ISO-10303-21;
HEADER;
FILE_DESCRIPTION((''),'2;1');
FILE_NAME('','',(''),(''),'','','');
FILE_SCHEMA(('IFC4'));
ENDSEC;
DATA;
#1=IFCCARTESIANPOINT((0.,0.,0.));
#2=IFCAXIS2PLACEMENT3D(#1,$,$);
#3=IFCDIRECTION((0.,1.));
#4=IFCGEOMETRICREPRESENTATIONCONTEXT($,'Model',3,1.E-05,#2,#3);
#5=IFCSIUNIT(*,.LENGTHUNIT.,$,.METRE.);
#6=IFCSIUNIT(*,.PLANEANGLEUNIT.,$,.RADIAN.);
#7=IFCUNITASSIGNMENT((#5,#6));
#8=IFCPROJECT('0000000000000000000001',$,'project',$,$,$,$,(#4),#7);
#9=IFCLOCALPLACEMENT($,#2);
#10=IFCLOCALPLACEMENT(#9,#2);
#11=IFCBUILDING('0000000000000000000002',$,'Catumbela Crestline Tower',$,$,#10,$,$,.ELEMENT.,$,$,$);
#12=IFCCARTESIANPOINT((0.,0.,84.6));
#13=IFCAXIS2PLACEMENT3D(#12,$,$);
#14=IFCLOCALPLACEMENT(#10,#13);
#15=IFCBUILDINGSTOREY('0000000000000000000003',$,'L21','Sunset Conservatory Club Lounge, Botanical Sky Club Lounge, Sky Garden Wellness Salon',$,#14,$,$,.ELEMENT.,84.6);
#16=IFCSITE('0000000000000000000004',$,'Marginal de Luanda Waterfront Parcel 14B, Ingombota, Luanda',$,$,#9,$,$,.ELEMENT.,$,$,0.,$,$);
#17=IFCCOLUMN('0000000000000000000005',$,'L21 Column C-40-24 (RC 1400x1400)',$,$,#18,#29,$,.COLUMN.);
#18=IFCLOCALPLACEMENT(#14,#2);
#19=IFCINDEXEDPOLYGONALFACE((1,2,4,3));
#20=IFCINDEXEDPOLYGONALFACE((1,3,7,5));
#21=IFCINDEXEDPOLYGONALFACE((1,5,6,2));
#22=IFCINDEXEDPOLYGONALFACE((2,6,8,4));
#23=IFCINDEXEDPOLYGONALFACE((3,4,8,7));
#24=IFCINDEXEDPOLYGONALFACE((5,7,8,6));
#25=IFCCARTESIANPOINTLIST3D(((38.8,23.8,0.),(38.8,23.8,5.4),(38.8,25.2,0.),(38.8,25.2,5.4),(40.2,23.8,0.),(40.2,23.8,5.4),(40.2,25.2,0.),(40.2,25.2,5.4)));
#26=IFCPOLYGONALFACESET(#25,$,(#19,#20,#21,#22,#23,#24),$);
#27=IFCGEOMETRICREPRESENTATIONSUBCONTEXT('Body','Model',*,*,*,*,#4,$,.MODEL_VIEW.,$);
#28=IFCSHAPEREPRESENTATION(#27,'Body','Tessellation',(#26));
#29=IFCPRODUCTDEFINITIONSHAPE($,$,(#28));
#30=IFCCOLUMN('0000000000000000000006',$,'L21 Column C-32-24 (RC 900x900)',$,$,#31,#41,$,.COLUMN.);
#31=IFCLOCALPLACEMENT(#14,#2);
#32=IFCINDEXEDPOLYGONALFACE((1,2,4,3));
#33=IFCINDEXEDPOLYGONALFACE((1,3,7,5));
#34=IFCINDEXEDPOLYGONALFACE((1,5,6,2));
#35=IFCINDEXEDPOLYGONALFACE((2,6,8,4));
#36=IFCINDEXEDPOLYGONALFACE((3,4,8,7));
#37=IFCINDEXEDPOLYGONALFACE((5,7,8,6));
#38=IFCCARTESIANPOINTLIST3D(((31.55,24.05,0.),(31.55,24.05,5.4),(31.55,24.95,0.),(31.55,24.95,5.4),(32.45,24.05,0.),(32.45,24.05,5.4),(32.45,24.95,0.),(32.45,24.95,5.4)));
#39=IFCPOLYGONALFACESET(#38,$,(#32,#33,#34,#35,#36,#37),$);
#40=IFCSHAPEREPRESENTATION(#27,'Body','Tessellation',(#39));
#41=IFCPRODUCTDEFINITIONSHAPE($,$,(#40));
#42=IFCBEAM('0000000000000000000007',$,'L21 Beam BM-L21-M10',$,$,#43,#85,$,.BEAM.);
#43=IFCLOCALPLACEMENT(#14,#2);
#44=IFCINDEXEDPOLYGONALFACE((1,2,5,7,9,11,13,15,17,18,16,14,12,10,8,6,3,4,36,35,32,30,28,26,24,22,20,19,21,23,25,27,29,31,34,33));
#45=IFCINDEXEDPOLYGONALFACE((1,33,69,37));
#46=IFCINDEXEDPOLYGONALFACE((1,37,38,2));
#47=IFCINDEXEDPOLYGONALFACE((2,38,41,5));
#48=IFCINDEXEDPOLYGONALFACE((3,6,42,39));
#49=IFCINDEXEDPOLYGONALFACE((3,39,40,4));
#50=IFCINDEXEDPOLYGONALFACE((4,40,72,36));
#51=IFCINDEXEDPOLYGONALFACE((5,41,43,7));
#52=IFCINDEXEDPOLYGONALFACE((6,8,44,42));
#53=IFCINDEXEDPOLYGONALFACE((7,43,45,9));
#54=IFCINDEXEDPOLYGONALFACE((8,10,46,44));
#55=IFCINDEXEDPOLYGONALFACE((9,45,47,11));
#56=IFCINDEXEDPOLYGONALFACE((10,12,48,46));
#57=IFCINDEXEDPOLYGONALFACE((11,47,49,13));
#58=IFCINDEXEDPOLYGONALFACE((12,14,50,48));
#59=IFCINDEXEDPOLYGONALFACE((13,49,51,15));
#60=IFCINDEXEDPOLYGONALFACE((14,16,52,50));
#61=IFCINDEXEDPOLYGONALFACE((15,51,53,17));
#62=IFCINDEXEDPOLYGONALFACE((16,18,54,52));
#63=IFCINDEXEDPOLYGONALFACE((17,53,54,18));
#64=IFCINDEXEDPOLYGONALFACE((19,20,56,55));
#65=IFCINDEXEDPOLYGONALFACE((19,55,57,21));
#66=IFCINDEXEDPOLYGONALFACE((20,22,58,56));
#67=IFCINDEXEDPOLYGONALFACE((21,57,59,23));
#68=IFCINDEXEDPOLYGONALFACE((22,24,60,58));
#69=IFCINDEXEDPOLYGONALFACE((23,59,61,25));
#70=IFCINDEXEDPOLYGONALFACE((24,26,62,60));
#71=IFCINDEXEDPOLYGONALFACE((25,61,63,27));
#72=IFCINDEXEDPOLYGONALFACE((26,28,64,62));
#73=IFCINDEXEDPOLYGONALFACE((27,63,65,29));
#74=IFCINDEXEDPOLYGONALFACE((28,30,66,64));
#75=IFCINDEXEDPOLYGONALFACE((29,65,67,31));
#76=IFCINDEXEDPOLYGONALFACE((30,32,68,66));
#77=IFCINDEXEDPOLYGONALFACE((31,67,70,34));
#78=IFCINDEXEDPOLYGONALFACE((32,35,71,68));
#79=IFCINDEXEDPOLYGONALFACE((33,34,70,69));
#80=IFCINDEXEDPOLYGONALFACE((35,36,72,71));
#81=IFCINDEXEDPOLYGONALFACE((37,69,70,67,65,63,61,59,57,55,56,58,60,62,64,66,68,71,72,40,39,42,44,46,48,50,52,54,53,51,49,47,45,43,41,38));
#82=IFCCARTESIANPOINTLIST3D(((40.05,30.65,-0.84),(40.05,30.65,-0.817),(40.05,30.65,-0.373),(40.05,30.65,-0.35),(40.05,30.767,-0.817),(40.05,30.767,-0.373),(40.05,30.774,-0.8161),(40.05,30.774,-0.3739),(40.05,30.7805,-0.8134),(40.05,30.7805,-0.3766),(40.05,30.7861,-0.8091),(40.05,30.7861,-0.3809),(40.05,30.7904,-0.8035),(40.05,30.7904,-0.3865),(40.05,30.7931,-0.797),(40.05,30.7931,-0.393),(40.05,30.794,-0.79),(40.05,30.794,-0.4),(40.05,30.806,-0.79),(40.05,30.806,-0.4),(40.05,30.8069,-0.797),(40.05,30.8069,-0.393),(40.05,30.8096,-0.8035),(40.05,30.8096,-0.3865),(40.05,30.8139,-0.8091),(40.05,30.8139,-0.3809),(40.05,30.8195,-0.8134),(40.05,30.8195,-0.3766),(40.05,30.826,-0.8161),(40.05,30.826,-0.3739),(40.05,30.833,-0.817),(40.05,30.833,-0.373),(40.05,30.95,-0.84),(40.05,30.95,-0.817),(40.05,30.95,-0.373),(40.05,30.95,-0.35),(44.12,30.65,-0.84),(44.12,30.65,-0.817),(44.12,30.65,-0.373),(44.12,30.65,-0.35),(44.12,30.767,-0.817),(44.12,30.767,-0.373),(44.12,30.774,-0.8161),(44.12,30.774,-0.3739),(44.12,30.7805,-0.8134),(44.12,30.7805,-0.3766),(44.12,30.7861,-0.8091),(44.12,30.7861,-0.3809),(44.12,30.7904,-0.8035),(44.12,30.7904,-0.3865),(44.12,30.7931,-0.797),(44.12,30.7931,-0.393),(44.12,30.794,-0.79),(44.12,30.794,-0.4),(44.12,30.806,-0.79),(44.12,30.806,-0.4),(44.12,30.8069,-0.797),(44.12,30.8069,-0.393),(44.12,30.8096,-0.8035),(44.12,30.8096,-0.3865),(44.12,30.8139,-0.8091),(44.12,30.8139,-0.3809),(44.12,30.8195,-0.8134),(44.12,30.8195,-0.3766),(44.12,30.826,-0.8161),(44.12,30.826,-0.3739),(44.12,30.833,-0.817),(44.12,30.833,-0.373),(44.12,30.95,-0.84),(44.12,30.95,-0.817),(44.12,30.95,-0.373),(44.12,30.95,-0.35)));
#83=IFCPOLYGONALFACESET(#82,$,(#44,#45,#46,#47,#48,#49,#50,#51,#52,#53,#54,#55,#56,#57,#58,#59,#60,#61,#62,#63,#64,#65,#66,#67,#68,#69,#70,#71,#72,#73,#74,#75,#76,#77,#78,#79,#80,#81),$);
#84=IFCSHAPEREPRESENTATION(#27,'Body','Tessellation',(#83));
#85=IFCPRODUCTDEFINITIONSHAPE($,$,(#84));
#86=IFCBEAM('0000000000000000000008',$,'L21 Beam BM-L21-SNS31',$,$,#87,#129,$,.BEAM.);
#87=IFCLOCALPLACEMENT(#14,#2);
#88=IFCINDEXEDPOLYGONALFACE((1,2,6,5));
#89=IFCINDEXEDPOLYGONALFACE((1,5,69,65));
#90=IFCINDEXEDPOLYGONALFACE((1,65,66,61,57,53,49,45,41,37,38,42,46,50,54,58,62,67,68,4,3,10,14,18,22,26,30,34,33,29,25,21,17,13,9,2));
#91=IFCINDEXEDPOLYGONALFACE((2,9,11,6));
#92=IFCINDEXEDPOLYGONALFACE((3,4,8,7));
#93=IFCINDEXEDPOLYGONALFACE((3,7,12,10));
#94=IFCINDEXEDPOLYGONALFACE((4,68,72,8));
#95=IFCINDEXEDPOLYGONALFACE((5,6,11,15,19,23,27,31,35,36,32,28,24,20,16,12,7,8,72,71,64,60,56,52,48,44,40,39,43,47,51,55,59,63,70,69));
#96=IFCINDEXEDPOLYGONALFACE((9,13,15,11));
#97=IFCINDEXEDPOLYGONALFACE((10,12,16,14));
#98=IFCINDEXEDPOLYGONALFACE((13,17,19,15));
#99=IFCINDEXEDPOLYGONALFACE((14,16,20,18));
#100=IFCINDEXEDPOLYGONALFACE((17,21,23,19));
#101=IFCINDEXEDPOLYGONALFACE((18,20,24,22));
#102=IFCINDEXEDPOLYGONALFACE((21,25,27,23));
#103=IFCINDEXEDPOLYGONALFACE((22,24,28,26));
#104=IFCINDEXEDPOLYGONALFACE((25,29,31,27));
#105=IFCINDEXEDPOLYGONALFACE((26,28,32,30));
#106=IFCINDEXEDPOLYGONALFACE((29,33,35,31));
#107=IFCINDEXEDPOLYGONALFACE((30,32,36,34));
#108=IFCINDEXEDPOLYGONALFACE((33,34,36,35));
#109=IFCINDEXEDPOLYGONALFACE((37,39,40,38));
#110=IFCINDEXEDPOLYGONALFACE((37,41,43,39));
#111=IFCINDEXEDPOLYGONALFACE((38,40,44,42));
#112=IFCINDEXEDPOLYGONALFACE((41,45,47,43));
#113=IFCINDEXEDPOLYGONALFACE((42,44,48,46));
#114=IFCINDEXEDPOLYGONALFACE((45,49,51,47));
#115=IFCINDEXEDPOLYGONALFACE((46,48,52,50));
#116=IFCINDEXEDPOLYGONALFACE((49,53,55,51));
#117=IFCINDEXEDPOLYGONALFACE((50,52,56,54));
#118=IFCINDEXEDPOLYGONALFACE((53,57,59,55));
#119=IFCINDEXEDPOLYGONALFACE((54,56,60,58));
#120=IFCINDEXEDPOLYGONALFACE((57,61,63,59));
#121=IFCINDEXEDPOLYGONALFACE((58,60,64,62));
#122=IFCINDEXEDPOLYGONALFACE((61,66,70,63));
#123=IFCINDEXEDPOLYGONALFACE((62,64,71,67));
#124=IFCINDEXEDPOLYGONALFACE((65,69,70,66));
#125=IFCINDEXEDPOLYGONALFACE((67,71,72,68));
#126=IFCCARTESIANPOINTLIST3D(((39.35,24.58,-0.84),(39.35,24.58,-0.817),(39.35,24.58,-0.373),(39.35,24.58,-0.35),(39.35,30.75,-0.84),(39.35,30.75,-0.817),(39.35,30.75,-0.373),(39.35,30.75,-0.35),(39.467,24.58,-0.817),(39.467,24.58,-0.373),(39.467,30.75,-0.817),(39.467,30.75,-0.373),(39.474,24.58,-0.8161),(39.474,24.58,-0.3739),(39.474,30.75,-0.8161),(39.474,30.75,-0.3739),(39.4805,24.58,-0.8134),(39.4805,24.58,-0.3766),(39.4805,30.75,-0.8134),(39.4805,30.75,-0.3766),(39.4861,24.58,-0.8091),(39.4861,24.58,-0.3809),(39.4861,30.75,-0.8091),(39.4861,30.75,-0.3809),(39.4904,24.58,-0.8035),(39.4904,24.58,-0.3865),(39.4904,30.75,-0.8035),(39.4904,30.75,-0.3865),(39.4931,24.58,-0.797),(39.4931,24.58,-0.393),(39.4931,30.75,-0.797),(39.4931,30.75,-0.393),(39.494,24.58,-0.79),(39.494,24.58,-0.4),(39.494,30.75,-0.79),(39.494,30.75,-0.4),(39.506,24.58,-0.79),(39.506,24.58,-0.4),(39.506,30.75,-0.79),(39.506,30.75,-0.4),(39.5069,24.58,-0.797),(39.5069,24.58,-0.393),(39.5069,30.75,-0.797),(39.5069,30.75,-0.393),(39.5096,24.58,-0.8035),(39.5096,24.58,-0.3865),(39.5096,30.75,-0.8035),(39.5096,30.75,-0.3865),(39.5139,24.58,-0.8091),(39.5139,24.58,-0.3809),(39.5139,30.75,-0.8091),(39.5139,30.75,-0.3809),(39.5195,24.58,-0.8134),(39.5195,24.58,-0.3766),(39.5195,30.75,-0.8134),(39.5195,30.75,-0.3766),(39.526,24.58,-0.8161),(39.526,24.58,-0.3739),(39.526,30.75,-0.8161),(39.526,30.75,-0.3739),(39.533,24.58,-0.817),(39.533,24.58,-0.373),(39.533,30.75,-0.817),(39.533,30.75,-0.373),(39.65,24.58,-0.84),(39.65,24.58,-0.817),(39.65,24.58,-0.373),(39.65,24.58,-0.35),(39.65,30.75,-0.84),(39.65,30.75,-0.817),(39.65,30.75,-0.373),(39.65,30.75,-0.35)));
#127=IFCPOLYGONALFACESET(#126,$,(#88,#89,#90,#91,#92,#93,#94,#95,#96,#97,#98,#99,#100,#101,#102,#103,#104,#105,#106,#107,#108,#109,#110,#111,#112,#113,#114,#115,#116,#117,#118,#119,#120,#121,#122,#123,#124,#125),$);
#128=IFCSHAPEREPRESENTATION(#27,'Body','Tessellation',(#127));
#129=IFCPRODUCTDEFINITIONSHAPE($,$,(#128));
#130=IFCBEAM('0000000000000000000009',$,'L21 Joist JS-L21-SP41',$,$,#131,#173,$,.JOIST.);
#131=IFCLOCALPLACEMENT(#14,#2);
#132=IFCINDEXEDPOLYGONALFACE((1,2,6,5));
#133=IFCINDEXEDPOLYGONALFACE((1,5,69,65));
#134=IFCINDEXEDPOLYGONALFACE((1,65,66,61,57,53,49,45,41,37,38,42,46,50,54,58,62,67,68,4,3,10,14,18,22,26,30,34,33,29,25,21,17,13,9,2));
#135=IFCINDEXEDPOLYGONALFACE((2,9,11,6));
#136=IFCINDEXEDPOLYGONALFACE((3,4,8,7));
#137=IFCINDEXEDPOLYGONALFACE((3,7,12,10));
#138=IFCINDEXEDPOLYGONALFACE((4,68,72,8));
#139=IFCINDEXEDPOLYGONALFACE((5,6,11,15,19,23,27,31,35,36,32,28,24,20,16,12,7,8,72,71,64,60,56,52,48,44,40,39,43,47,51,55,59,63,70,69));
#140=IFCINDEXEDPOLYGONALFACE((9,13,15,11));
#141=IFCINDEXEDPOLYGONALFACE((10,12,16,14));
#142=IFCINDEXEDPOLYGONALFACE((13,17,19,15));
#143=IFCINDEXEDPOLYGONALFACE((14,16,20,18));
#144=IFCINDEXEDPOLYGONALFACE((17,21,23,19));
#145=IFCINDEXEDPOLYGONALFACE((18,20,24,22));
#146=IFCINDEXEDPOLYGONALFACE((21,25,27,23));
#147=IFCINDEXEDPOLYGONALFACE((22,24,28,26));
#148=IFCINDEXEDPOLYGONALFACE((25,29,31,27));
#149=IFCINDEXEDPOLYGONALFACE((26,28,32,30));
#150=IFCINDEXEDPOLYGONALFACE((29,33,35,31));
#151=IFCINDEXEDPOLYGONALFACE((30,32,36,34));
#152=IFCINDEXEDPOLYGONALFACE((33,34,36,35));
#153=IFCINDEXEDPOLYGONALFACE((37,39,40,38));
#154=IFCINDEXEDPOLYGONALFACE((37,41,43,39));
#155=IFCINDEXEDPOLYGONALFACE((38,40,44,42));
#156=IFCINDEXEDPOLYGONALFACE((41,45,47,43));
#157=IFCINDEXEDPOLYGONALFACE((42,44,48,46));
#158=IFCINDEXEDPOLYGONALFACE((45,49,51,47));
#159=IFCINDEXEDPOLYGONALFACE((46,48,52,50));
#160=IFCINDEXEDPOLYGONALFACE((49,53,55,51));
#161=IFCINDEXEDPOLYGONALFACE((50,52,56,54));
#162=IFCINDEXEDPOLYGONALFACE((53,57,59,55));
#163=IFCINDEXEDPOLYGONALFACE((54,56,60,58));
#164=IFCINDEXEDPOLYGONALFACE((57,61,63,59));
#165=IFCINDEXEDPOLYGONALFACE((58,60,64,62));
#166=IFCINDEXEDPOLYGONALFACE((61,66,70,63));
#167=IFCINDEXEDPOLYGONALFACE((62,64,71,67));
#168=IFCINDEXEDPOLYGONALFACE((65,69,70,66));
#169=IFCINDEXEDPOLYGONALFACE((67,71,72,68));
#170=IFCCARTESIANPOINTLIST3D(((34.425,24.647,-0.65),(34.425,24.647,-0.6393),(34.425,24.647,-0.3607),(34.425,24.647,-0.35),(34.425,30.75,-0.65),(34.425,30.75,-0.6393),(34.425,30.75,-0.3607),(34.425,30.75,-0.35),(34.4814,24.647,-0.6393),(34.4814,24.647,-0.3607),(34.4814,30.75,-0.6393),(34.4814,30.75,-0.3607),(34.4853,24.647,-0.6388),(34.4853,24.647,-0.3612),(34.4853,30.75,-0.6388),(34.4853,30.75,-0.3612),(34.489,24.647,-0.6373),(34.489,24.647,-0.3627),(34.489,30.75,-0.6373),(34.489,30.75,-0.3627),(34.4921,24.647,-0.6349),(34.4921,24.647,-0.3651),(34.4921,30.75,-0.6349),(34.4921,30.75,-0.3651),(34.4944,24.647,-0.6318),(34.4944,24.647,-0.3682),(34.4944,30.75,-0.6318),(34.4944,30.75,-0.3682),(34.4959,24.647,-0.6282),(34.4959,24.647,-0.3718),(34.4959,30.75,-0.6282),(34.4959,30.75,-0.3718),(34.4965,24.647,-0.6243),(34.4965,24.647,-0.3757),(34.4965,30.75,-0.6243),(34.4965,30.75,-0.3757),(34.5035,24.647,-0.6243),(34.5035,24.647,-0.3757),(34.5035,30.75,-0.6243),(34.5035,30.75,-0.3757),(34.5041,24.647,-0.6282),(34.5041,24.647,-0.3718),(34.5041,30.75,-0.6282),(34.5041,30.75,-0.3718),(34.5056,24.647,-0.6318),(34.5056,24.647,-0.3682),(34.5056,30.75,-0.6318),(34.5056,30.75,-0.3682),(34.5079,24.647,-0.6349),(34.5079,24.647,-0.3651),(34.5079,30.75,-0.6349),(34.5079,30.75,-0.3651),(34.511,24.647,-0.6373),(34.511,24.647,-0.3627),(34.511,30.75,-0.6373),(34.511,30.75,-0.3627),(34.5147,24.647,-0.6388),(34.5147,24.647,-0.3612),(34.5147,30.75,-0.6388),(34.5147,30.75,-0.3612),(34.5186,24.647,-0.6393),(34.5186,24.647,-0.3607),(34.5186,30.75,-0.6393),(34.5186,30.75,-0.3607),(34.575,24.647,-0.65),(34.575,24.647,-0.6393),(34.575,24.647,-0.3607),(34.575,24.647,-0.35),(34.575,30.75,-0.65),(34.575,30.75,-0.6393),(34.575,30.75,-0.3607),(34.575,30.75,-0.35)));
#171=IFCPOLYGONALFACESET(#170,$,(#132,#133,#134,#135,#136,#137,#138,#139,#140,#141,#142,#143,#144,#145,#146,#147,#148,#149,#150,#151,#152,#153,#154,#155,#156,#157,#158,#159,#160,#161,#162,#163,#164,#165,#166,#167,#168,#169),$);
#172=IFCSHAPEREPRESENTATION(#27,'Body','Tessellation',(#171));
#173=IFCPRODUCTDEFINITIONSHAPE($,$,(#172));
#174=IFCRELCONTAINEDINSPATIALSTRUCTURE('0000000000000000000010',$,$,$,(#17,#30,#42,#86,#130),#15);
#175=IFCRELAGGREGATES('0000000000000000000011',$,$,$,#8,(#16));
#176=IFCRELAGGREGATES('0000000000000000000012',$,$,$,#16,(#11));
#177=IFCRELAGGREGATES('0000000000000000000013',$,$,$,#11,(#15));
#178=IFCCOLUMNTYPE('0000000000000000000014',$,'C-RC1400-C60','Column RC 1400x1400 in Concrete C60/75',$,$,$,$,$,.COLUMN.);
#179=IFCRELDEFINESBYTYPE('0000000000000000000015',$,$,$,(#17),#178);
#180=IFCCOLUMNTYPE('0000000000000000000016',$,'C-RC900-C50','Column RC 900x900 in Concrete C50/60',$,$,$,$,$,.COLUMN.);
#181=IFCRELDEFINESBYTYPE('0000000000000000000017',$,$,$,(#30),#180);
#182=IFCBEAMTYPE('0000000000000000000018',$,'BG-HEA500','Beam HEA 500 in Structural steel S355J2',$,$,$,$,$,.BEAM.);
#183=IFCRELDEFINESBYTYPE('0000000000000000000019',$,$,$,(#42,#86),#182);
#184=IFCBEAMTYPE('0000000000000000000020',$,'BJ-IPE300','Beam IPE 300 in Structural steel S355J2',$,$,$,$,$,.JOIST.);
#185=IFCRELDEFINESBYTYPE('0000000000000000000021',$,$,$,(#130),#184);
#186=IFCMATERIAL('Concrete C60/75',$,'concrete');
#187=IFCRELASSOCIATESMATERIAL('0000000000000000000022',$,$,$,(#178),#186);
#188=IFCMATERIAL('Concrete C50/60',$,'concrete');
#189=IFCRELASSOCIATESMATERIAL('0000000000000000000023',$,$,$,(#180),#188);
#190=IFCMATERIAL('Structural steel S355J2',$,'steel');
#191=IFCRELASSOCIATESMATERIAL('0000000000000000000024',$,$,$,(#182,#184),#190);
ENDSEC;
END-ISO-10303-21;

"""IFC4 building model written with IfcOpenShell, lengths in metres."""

from ifc_helpers import new_model, si_unit, direction, frame, origin, origin_2d, place, context, subcontext, project, spatial, rectangle, i_section, extrude, material, material_profile, profile_set, type_object, element, save


model = new_model("IFC4")

# Units and contexts
model_context = context("Model", 3, precision=1e-05, world=origin(), true_north=direction((0.0, 1.0)))
body_context = subcontext(model_context, "Body", "Model", "MODEL_VIEW")
ifc_project = project(units=[si_unit("LENGTHUNIT", "METRE"), si_unit("PLANEANGLEUNIT", "RADIAN")], contexts=[model_context])

# Site, building, storey
site_placement = place(None, origin())
site = spatial("IfcSite", under=ifc_project, at=site_placement, Name="Marginal de Luanda Waterfront Parcel 14B, Ingombota, Luanda", CompositionType="ELEMENT", RefElevation=0.0)
building_placement = place(site_placement, origin())
building = spatial("IfcBuilding", under=site, at=building_placement, Name="Catumbela Crestline Tower", CompositionType="ELEMENT")
storey_placement = place(building_placement, frame((0.0, 0.0, 84.6)))
storey = spatial("IfcBuildingStorey", under=building, at=storey_placement, Name="L21", Description="Sunset Conservatory Club Lounge, Botanical Sky Club Lounge, Sky Garden Wellness Salon", CompositionType="ELEMENT", Elevation=84.6)

# Columns
ifc_material_1 = material(Name="Concrete C60/75", Category="concrete")
ifc_material_profile_1 = material_profile(ifc_material_1, rectangle(XDim=1.4, YDim=1.4, at=origin_2d()), Name="RC 1400x1400")
ifc_profile_set_1 = profile_set([ifc_material_profile_1], Name="Concrete C60/75")
column_type_1 = type_object("IfcColumnType", Name="C-RC1400-C60", Description="Column RC 1400x1400 in Concrete C60/75", PredefinedType="COLUMN", material=ifc_profile_set_1)
column_1_placement = place(storey_placement, frame((39.5, 24.5, 0.0), z_axis=(0.0, 0.0, 1.0), x_axis=(1.0, 0.0, 0.0)))
element("IfcColumn", 1, at=column_1_placement, inside=storey, type_object=column_type_1, Name="L21 Column C-40-24 (RC 1400x1400)", PredefinedType="COLUMN", context=body_context, shape_type="SweptSolid", body=[
    extrude(rectangle(XDim=1.4, YDim=1.4, at=origin_2d()), origin(), (0.0, 0.0, 1.0), 5.4),
])
ifc_material_2 = material(Name="Concrete C50/60", Category="concrete")
ifc_material_profile_2 = material_profile(ifc_material_2, rectangle(XDim=0.9, YDim=0.9, at=origin_2d()), Name="RC 900x900")
ifc_profile_set_2 = profile_set([ifc_material_profile_2], Name="Concrete C50/60")
column_type_2 = type_object("IfcColumnType", Name="C-RC900-C50", Description="Column RC 900x900 in Concrete C50/60", PredefinedType="COLUMN", material=ifc_profile_set_2)
column_2_placement = place(storey_placement, frame((32.0, 24.5, 0.0), z_axis=(0.0, 0.0, 1.0), x_axis=(1.0, 0.0, 0.0)))
element("IfcColumn", 2, at=column_2_placement, inside=storey, type_object=column_type_2, Name="L21 Column C-32-24 (RC 900x900)", PredefinedType="COLUMN", context=body_context, shape_type="SweptSolid", body=[
    extrude(rectangle(XDim=0.9, YDim=0.9, at=origin_2d()), origin(), (0.0, 0.0, 1.0), 5.4),
])

# Beams
ifc_material_3 = material(Name="Structural steel S355J2", Category="steel")
ifc_material_profile_3 = material_profile(ifc_material_3, i_section(OverallWidth=0.3, OverallDepth=0.49, WebThickness=0.012, FlangeThickness=0.023, FilletRadius=0.027, at=origin_2d()), Name="HEA 500")
ifc_profile_set_3 = profile_set([ifc_material_profile_3], Name="Structural steel S355J2")
beam_type_1 = type_object("IfcBeamType", Name="BG-HEA500", Description="Beam HEA 500 in Structural steel S355J2", PredefinedType="BEAM", material=ifc_profile_set_3)
beam_1_placement = place(storey_placement, frame((40.05, 30.8, -0.595), z_axis=(1.0, 0.0, 0.0), x_axis=(0.0, 1.0, 0.0)))
element("IfcBeam", 3, at=beam_1_placement, inside=storey, type_object=beam_type_1, Name="L21 Beam BM-L21-M10", PredefinedType="BEAM", context=body_context, shape_type="SweptSolid", body=[
    extrude(i_section(OverallWidth=0.3, OverallDepth=0.49, WebThickness=0.012, FlangeThickness=0.023, FilletRadius=0.027, at=origin_2d()), origin(), (0.0, 0.0, 1.0), 4.07),
])
beam_2_placement = place(storey_placement, frame((39.5, 24.58, -0.595), z_axis=(0.0, 1.0, 0.0), x_axis=(-1.0, 0.0, 0.0)))
element("IfcBeam", 4, at=beam_2_placement, inside=storey, type_object=beam_type_1, Name="L21 Beam BM-L21-SNS31", PredefinedType="BEAM", context=body_context, shape_type="SweptSolid", body=[
    extrude(i_section(OverallWidth=0.3, OverallDepth=0.49, WebThickness=0.012, FlangeThickness=0.023, FilletRadius=0.027, at=origin_2d()), origin(), (0.0, 0.0, 1.0), 6.17),
])
ifc_material_profile_4 = material_profile(ifc_material_3, i_section(OverallWidth=0.15, OverallDepth=0.3, WebThickness=0.0071, FlangeThickness=0.0107, FilletRadius=0.015, at=origin_2d()), Name="IPE 300")
ifc_profile_set_4 = profile_set([ifc_material_profile_4], Name="Structural steel S355J2")
beam_type_2 = type_object("IfcBeamType", Name="BJ-IPE300", Description="Beam IPE 300 in Structural steel S355J2", PredefinedType="JOIST", material=ifc_profile_set_4)
for number, where, z_axis, x_axis, name in (
    (5, (34.5, 24.647, -0.5), (0.0, 1.0, 0.0), (-1.0, 0.0, 0.0), "L21 Joist JS-L21-SP41"),
):
    element("IfcBeam", number, at=place(storey_placement, frame(where, z_axis=z_axis, x_axis=x_axis)), inside=storey, type_object=beam_type_2, Name=name, PredefinedType="JOIST", context=body_context, shape_type="SweptSolid", body=[
        extrude(i_section(OverallWidth=0.15, OverallDepth=0.3, WebThickness=0.0071, FlangeThickness=0.0107, FilletRadius=0.015, at=origin_2d()), origin(), (0.0, 0.0, 1.0), 6.103),
    ])

save(model, "model.ifc")
